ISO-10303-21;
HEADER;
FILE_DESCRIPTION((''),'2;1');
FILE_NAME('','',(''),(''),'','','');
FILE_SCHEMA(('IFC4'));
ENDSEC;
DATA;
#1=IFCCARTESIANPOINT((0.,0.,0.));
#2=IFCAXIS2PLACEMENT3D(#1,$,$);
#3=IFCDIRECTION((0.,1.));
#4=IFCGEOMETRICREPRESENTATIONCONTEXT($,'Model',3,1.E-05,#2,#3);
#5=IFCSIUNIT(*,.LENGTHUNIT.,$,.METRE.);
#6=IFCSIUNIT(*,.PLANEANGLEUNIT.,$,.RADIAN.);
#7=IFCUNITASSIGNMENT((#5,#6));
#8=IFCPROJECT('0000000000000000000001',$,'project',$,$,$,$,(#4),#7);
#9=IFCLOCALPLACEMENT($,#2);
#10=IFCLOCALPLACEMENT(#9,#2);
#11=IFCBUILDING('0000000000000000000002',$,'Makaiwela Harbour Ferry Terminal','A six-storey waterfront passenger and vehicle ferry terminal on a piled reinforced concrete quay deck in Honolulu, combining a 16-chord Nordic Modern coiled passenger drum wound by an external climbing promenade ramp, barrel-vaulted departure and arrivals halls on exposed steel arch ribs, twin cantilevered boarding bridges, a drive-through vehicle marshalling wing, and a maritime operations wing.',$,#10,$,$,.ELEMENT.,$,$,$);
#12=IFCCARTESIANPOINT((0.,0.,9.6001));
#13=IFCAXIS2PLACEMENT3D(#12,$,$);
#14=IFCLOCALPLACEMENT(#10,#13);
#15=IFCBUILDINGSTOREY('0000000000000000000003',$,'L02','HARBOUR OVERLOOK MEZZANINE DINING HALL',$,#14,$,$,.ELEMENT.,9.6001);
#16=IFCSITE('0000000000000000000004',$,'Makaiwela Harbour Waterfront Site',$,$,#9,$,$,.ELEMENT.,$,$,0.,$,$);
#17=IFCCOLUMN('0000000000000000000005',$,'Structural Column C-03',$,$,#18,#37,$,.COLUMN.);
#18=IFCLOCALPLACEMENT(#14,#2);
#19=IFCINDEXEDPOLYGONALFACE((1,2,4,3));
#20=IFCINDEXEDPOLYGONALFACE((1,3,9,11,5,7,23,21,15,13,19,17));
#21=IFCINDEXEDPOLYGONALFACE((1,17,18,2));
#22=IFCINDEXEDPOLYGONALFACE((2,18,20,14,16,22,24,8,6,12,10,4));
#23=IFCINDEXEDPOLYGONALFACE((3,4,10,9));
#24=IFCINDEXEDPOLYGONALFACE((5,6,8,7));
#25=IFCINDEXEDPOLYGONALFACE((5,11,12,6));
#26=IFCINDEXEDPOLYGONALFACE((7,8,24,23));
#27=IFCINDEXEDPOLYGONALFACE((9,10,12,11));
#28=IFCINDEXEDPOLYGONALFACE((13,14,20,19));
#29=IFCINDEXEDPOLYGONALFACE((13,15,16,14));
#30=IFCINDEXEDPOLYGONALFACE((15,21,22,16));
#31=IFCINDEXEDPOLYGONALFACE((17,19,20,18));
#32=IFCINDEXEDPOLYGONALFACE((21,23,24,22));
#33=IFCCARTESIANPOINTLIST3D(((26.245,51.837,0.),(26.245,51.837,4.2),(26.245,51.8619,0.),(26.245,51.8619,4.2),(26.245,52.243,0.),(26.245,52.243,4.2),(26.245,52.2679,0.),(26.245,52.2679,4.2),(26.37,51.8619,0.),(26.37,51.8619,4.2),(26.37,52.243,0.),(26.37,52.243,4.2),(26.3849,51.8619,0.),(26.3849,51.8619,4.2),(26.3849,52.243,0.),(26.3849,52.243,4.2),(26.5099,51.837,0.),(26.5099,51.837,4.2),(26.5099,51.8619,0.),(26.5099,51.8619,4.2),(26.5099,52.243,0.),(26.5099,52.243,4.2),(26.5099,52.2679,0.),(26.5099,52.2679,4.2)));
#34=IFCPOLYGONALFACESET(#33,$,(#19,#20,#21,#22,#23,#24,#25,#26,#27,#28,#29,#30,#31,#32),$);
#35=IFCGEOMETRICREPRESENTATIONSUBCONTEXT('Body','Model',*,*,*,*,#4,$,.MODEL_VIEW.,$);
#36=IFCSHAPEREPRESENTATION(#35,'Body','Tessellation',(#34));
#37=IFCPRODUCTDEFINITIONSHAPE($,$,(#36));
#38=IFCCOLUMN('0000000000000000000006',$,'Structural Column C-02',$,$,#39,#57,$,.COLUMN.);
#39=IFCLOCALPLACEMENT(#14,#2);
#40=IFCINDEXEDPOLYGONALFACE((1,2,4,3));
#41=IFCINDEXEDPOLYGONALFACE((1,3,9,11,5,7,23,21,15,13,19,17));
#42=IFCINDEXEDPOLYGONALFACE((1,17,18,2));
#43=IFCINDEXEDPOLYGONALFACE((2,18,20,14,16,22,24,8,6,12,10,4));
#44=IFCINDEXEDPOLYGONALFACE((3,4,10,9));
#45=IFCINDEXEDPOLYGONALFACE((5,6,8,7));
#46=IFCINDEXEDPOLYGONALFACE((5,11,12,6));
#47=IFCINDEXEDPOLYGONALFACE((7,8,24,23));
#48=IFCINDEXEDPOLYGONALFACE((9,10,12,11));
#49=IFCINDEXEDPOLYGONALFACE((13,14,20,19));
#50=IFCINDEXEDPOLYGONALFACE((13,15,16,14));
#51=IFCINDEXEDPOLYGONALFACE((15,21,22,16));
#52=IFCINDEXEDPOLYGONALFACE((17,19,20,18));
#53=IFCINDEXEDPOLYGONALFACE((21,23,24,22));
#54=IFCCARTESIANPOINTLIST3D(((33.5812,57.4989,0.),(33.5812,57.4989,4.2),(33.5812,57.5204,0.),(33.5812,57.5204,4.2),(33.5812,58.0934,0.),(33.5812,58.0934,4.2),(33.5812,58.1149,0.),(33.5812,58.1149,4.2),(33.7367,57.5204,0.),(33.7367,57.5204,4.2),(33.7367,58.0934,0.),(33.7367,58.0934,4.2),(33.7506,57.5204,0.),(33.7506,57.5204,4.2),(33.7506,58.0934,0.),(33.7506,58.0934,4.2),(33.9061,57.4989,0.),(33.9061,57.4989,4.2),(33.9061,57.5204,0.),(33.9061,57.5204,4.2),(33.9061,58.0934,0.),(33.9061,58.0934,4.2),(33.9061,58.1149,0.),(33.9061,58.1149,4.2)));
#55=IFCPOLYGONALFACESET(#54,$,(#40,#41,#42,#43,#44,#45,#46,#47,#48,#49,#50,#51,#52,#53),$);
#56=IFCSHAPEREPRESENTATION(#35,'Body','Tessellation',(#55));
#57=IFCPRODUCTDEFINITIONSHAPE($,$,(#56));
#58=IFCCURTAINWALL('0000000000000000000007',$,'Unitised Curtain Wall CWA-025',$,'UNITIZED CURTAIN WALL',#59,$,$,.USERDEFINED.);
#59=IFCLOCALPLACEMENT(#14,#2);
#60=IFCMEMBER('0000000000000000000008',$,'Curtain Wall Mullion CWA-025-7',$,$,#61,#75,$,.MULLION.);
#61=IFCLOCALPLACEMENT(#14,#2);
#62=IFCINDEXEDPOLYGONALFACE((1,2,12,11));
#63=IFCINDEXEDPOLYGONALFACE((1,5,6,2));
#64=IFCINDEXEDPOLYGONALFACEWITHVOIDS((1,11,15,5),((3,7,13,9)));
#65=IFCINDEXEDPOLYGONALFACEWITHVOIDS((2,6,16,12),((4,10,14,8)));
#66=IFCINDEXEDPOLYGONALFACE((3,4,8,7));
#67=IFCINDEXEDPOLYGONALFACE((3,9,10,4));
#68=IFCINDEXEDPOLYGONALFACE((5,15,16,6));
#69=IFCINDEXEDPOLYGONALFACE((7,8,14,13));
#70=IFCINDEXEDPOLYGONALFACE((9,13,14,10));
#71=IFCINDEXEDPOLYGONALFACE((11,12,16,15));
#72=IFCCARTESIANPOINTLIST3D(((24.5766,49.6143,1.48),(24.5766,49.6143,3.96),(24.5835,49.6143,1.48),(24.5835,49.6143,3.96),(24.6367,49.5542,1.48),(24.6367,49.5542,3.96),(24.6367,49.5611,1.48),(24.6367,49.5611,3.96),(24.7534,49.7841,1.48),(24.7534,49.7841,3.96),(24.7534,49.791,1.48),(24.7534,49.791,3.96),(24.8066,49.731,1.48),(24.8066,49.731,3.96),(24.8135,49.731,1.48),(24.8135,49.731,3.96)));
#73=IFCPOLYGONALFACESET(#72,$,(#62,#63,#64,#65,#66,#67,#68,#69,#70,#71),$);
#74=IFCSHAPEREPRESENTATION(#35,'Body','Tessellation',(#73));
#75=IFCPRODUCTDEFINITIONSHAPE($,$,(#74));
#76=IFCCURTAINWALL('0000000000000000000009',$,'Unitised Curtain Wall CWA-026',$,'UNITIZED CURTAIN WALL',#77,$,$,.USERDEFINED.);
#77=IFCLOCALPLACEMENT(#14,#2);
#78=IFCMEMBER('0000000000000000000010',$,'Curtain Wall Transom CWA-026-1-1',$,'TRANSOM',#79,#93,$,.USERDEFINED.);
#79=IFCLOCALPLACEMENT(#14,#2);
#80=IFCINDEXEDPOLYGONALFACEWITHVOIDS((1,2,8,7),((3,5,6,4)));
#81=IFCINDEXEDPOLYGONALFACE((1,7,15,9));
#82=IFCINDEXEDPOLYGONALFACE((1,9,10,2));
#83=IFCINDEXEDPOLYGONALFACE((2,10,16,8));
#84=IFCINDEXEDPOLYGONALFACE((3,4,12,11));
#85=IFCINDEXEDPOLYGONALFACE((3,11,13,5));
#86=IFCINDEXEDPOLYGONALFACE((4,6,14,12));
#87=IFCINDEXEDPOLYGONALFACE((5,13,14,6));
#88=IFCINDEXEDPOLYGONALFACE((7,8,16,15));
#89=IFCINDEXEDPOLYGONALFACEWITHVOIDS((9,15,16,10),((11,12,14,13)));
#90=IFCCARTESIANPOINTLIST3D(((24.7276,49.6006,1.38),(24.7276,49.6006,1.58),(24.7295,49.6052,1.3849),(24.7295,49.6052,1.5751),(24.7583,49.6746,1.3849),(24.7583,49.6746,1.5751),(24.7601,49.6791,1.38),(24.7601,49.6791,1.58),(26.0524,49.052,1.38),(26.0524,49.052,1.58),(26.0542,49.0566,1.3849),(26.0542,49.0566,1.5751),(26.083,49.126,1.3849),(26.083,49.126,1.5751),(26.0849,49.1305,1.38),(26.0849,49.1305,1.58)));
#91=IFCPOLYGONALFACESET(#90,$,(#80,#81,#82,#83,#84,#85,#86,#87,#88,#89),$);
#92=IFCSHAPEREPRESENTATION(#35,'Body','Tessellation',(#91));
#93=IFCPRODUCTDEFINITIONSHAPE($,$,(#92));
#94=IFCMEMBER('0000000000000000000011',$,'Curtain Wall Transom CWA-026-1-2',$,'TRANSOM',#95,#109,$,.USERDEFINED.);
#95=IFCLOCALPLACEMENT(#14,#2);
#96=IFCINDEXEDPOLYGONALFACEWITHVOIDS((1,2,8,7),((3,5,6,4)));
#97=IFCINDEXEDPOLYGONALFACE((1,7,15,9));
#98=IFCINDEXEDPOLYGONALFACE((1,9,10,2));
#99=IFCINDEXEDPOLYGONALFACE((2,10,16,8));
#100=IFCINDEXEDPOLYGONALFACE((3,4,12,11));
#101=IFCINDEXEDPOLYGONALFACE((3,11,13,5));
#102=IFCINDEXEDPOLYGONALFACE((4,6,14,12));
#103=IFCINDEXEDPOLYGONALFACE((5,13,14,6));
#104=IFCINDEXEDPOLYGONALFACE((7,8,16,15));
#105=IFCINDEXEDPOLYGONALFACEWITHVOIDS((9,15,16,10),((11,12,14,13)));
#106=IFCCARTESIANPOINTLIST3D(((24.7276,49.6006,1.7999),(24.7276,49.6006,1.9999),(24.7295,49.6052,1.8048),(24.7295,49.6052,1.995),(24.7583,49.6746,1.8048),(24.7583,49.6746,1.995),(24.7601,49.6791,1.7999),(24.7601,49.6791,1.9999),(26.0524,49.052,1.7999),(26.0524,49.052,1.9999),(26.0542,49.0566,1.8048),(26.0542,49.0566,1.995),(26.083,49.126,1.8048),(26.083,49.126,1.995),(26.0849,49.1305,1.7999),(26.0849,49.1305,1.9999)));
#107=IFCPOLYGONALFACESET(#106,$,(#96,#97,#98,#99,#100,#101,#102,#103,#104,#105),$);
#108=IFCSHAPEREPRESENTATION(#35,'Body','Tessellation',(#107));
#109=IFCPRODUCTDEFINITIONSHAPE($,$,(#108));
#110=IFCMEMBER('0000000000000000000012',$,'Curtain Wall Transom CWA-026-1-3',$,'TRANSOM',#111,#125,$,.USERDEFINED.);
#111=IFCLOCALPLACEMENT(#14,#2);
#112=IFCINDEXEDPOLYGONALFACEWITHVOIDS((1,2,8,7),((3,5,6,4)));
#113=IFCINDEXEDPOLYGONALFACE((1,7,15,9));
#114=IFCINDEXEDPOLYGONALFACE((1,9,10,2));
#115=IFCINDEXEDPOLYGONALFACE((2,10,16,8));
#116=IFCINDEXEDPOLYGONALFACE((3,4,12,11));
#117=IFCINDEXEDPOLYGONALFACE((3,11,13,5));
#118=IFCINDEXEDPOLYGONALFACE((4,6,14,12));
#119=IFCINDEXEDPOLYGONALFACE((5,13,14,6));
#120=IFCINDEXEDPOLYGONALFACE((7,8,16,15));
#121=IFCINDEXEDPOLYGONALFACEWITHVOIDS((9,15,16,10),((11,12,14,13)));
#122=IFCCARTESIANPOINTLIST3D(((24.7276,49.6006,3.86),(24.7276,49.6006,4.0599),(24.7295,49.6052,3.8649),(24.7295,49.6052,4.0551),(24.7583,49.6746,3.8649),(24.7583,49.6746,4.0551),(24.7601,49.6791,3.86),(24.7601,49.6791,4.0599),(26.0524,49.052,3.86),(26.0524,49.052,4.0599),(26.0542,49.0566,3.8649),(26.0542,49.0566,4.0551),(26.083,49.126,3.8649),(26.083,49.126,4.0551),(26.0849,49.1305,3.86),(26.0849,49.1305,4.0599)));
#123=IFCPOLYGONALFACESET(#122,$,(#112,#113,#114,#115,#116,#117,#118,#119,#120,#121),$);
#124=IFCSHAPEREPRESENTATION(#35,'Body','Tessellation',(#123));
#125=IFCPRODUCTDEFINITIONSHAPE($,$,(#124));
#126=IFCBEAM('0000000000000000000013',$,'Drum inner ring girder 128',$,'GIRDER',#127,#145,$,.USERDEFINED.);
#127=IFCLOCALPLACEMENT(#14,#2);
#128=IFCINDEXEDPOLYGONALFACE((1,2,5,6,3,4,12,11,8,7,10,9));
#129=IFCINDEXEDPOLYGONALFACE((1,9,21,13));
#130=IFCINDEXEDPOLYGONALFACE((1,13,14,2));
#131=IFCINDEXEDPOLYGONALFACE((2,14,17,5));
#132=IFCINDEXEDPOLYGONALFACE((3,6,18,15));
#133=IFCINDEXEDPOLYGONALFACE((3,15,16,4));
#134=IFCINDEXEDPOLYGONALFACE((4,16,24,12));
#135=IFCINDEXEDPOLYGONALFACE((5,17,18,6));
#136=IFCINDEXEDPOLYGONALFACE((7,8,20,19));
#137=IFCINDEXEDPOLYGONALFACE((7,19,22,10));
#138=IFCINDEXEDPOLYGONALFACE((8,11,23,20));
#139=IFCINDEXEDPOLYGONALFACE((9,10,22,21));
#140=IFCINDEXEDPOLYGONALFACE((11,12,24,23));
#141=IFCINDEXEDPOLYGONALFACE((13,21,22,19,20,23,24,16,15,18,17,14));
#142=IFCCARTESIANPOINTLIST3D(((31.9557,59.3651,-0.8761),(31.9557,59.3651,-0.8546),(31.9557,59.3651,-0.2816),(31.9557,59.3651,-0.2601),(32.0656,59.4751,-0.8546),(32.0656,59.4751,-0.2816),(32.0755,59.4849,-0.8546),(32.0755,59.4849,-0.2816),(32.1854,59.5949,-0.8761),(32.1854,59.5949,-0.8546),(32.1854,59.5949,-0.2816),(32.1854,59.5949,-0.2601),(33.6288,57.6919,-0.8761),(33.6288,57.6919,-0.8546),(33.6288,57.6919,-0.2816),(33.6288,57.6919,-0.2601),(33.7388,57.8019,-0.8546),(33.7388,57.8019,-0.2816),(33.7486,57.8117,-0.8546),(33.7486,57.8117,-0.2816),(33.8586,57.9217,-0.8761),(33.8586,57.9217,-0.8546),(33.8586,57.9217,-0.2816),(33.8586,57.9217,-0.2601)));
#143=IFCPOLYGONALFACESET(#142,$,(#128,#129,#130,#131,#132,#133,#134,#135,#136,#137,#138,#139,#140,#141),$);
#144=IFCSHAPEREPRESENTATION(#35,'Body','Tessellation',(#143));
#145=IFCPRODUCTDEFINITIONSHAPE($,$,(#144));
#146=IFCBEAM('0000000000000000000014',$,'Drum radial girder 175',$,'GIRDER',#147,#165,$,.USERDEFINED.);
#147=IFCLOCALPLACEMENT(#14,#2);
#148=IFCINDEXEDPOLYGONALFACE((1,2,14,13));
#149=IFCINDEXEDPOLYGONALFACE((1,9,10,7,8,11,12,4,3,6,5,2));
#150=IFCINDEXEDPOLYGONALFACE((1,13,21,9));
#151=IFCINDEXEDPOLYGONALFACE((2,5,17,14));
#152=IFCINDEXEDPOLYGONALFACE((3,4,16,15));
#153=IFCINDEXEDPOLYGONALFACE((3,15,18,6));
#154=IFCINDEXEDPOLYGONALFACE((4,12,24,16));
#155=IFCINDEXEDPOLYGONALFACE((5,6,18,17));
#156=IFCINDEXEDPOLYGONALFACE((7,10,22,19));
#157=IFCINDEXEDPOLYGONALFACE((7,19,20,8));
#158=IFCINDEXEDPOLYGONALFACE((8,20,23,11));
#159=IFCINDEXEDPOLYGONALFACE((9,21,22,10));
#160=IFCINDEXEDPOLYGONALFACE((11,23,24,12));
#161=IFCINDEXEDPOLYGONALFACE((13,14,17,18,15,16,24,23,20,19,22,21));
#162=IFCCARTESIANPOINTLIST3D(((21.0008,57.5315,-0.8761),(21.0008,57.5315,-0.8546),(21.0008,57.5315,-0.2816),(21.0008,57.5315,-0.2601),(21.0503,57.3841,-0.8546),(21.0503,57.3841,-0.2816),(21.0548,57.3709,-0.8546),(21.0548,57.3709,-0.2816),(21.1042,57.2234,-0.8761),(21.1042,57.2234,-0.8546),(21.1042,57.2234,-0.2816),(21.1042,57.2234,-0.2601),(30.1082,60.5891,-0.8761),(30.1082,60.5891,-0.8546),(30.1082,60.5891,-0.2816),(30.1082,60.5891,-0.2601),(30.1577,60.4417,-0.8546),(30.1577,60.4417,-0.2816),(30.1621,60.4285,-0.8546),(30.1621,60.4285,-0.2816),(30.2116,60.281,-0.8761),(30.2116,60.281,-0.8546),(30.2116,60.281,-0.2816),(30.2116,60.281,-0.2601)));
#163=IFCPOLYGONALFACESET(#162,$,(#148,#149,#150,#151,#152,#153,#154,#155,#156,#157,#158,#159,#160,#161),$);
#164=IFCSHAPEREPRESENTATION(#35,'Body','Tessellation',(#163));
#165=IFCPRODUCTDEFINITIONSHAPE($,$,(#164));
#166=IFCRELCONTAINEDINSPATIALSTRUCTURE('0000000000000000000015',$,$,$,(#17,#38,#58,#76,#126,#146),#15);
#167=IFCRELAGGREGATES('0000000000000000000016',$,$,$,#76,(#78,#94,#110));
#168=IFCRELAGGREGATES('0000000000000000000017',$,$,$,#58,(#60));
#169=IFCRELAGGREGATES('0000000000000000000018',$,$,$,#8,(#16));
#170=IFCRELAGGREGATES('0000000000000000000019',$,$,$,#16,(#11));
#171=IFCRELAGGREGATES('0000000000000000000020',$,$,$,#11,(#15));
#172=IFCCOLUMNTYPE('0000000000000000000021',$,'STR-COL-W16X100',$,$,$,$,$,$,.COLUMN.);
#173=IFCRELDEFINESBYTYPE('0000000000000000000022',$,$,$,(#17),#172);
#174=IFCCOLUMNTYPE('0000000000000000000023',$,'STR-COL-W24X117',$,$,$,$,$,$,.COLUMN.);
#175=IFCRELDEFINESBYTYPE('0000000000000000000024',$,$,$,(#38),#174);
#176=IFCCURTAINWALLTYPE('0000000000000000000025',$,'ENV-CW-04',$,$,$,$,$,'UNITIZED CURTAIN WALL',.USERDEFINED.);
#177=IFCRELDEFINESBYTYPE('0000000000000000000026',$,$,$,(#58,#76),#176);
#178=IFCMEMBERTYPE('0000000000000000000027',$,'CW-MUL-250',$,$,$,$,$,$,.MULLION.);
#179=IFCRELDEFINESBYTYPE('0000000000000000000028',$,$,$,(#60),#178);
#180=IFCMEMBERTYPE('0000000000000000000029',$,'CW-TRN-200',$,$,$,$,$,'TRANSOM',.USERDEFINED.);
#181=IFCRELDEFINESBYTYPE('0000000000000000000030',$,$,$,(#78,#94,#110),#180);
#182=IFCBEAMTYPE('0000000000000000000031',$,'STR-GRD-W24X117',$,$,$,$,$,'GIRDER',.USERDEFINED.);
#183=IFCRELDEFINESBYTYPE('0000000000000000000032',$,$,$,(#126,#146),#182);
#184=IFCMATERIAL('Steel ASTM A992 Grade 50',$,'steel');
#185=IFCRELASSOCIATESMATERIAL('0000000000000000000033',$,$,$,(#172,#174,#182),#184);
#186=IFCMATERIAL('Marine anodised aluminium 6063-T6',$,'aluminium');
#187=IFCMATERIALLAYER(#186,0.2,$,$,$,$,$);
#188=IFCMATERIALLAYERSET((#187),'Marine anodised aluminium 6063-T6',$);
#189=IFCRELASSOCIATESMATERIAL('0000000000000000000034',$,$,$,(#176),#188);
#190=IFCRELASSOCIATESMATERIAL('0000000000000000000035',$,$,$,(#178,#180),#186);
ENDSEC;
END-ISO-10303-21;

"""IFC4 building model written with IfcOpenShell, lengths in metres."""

from ifc_helpers import new_model, si_unit, direction, frame, origin, origin_2d, place, context, subcontext, project, spatial, hollow_rectangle, i_section, extrude, material, layer, layer_set, material_profile, profile_set, type_object, element, aggregate, save


model = new_model("IFC4")

# Units and contexts
model_context = context("Model", 3, precision=1e-05, world=origin(), true_north=direction((0.0, 1.0)))
body_context = subcontext(model_context, "Body", "Model", "MODEL_VIEW")
ifc_project = project(units=[si_unit("LENGTHUNIT", "METRE"), si_unit("PLANEANGLEUNIT", "RADIAN")], contexts=[model_context])

# Site, building, storey
site_placement = place(None, origin())
site = spatial("IfcSite", under=ifc_project, at=site_placement, Name="Makaiwela Harbour Waterfront Site", CompositionType="ELEMENT", RefElevation=0.0)
building_placement = place(site_placement, origin())
building = spatial("IfcBuilding", under=site, at=building_placement, Name="Makaiwela Harbour Ferry Terminal", Description="A six-storey waterfront passenger and vehicle ferry terminal on a piled reinforced concrete quay deck in Honolulu, combining a 16-chord Nordic Modern coiled passenger drum wound by an external climbing promenade ramp, barrel-vaulted departure and arrivals halls on exposed steel arch ribs, twin cantilevered boarding bridges, a drive-through vehicle marshalling wing, and a maritime operations wing.", CompositionType="ELEMENT")
storey_placement = place(building_placement, frame((0.0, 0.0, 9.6001)))
storey = spatial("IfcBuildingStorey", under=building, at=storey_placement, Name="L02", Description="HARBOUR OVERLOOK MEZZANINE DINING HALL", CompositionType="ELEMENT", Elevation=9.6001)

# Columns
ifc_material_1 = material(Name="Steel ASTM A992 Grade 50", Category="steel")
ifc_material_profile_1 = material_profile(ifc_material_1, i_section(OverallWidth=0.2649, OverallDepth=0.4309, WebThickness=0.0149, FlangeThickness=0.0249, at=origin_2d()), Name="W16X100")
ifc_profile_set_1 = profile_set([ifc_material_profile_1], Name="Steel ASTM A992 Grade 50")
column_type_1 = type_object("IfcColumnType", Name="STR-COL-W16X100", PredefinedType="COLUMN", material=ifc_profile_set_1)
column_1_placement = place(storey_placement, frame((26.3774, 52.0525, 0.0), z_axis=(0.0, 0.0, 1.0), x_axis=(1.0, 0.0, 0.0)))
element("IfcColumn", 1, at=column_1_placement, inside=storey, type_object=column_type_1, Name="Structural Column C-03", PredefinedType="COLUMN", context=body_context, shape_type="SweptSolid", body=[
    extrude(i_section(OverallWidth=0.2649, OverallDepth=0.4309, WebThickness=0.0149, FlangeThickness=0.0249, at=origin_2d()), origin(), (0.0, 0.0, 1.0), 4.2),
])
ifc_material_profile_2 = material_profile(ifc_material_1, i_section(OverallWidth=0.325, OverallDepth=0.616, WebThickness=0.0139, FlangeThickness=0.0215, at=origin_2d()), Name="W24X117")
ifc_profile_set_2 = profile_set([ifc_material_profile_2], Name="Steel ASTM A992 Grade 50")
column_type_2 = type_object("IfcColumnType", Name="STR-COL-W24X117", PredefinedType="COLUMN", material=ifc_profile_set_2)
column_2_placement = place(storey_placement, frame((33.7437, 57.8069, 0.0), z_axis=(0.0, 0.0, 1.0), x_axis=(1.0, 0.0, 0.0)))
element("IfcColumn", 2, at=column_2_placement, inside=storey, type_object=column_type_2, Name="Structural Column C-02", PredefinedType="COLUMN", context=body_context, shape_type="SweptSolid", body=[
    extrude(i_section(OverallWidth=0.325, OverallDepth=0.616, WebThickness=0.0139, FlangeThickness=0.0215, at=origin_2d()), origin(), (0.0, 0.0, 1.0), 4.2),
])

# Curtain wall, member
ifc_material_2 = material(Name="Marine anodised aluminium 6063-T6", Category="aluminium")
ifc_layer_1 = layer(ifc_material_2, 0.2)
ifc_layer_set_1 = layer_set([ifc_layer_1], Name="Marine anodised aluminium 6063-T6")
curtain_wall_type = type_object("IfcCurtainWallType", Name="ENV-CW-04", ElementType="UNITIZED CURTAIN WALL", PredefinedType="USERDEFINED", material=ifc_layer_set_1)
curtain_wall_1_placement = place(storey_placement, origin())
curtain_wall_1 = element("IfcCurtainWall", 3, at=curtain_wall_1_placement, inside=storey, type_object=curtain_wall_type, Name="Unitised Curtain Wall CWA-025", ObjectType="UNITIZED CURTAIN WALL", PredefinedType="USERDEFINED")
ifc_material_profile_3 = material_profile(ifc_material_2, hollow_rectangle(XDim=0.085, YDim=0.25, WallThickness=0.0049, at=origin_2d()), Name="CWM-250X85")
ifc_profile_set_3 = profile_set([ifc_material_profile_3], Name="Marine anodised aluminium 6063-T6")
member_type_1 = type_object("IfcMemberType", Name="CW-MUL-250", PredefinedType="MULLION", material=ifc_profile_set_3)
member_1_placement = place(storey_placement, frame((24.6951, 49.6726, 1.48), z_axis=(0.0, 0.0, 1.0), x_axis=(-0.707107, 0.707107, 0.0)))
member_1 = element("IfcMember", 4, at=member_1_placement, type_object=member_type_1, Name="Curtain Wall Mullion CWA-025-7", PredefinedType="MULLION", context=body_context, shape_type="SweptSolid", body=[
    extrude(hollow_rectangle(XDim=0.085, YDim=0.25, WallThickness=0.0049, at=origin_2d()), origin(), (0.0, 0.0, 1.0), 2.48),
])

# Curtain wall, members
curtain_wall_2_placement = place(storey_placement, origin())
curtain_wall_2 = element("IfcCurtainWall", 5, at=curtain_wall_2_placement, inside=storey, type_object=curtain_wall_type, Name="Unitised Curtain Wall CWA-026", ObjectType="UNITIZED CURTAIN WALL", PredefinedType="USERDEFINED")
ifc_material_profile_4 = material_profile(ifc_material_2, hollow_rectangle(XDim=0.085, YDim=0.2, WallThickness=0.0049, at=origin_2d()), Name="CWT-200X85")
ifc_profile_set_4 = profile_set([ifc_material_profile_4], Name="Marine anodised aluminium 6063-T6")
member_type_2 = type_object("IfcMemberType", Name="CW-TRN-200", ElementType="TRANSOM", PredefinedType="USERDEFINED", material=ifc_profile_set_4)
member_2_placement = place(storey_placement, frame((24.7439, 49.6399, 1.48), z_axis=(0.923911, -0.382607, 0.0), x_axis=(0.382607, 0.923911, 0.0)))
member_2 = element("IfcMember", 6, at=member_2_placement, type_object=member_type_2, Name="Curtain Wall Transom CWA-026-1-1", ObjectType="TRANSOM", PredefinedType="USERDEFINED", context=body_context, shape_type="SweptSolid", body=[
    extrude(hollow_rectangle(XDim=0.085, YDim=0.2, WallThickness=0.0049, at=origin_2d()), origin(), (0.0, 0.0, 1.0), 1.4338),
])
member_3_placement = place(storey_placement, frame((24.7439, 49.6399, 1.8999), z_axis=(0.923911, -0.382607, 0.0), x_axis=(0.382607, 0.923911, 0.0)))
member_3 = element("IfcMember", 7, at=member_3_placement, type_object=member_type_2, Name="Curtain Wall Transom CWA-026-1-2", ObjectType="TRANSOM", PredefinedType="USERDEFINED", context=body_context, shape_type="SweptSolid", body=[
    extrude(hollow_rectangle(XDim=0.085, YDim=0.2, WallThickness=0.0049, at=origin_2d()), origin(), (0.0, 0.0, 1.0), 1.4338),
])
member_4_placement = place(storey_placement, frame((24.7439, 49.6399, 3.96), z_axis=(0.923911, -0.382607, 0.0), x_axis=(0.382607, 0.923911, 0.0)))
member_4 = element("IfcMember", 8, at=member_4_placement, type_object=member_type_2, Name="Curtain Wall Transom CWA-026-1-3", ObjectType="TRANSOM", PredefinedType="USERDEFINED", context=body_context, shape_type="SweptSolid", body=[
    extrude(hollow_rectangle(XDim=0.085, YDim=0.2, WallThickness=0.0049, at=origin_2d()), origin(), (0.0, 0.0, 1.0), 1.4338),
])
aggregate(curtain_wall_2, [member_2, member_3, member_4])

# Beams
ifc_material_profile_5 = material_profile(ifc_material_1, i_section(OverallWidth=0.325, OverallDepth=0.616, WebThickness=0.0139, FlangeThickness=0.0215, at=origin_2d()), Name="W24X117")
ifc_profile_set_5 = profile_set([ifc_material_profile_5], Name="Steel ASTM A992 Grade 50")
beam_type_1 = type_object("IfcBeamType", Name="STR-GRD-W24X117", ElementType="GIRDER", PredefinedType="USERDEFINED", material=ifc_profile_set_5)
beam_1_placement = place(storey_placement, frame((32.0706, 59.48, -0.5681), z_axis=(0.707107, -0.707107, 0.0), x_axis=(0.707107, 0.707107, 0.0)))
element("IfcBeam", 9, at=beam_1_placement, inside=storey, type_object=beam_type_1, Name="Drum inner ring girder 128", ObjectType="GIRDER", PredefinedType="USERDEFINED", context=body_context, shape_type="SweptSolid", body=[
    extrude(i_section(OverallWidth=0.325, OverallDepth=0.616, WebThickness=0.0139, FlangeThickness=0.0215, at=origin_2d()), origin(), (0.0, 0.0, 1.0), 2.3662),
])
beam_2_placement = place(storey_placement, frame((30.1599, 60.4351, -0.5681), z_axis=(-0.948, -0.31827, 0.0), x_axis=(0.31827, -0.948, 0.0)))
element("IfcBeam", 10, at=beam_2_placement, inside=storey, type_object=beam_type_1, Name="Drum radial girder 175", ObjectType="GIRDER", PredefinedType="USERDEFINED", context=body_context, shape_type="SweptSolid", body=[
    extrude(i_section(OverallWidth=0.325, OverallDepth=0.616, WebThickness=0.0139, FlangeThickness=0.0215, at=origin_2d()), origin(), (0.0, 0.0, 1.0), 9.6069),
])

aggregate(curtain_wall_1, [member_1])

save(model, "model.ifc")
